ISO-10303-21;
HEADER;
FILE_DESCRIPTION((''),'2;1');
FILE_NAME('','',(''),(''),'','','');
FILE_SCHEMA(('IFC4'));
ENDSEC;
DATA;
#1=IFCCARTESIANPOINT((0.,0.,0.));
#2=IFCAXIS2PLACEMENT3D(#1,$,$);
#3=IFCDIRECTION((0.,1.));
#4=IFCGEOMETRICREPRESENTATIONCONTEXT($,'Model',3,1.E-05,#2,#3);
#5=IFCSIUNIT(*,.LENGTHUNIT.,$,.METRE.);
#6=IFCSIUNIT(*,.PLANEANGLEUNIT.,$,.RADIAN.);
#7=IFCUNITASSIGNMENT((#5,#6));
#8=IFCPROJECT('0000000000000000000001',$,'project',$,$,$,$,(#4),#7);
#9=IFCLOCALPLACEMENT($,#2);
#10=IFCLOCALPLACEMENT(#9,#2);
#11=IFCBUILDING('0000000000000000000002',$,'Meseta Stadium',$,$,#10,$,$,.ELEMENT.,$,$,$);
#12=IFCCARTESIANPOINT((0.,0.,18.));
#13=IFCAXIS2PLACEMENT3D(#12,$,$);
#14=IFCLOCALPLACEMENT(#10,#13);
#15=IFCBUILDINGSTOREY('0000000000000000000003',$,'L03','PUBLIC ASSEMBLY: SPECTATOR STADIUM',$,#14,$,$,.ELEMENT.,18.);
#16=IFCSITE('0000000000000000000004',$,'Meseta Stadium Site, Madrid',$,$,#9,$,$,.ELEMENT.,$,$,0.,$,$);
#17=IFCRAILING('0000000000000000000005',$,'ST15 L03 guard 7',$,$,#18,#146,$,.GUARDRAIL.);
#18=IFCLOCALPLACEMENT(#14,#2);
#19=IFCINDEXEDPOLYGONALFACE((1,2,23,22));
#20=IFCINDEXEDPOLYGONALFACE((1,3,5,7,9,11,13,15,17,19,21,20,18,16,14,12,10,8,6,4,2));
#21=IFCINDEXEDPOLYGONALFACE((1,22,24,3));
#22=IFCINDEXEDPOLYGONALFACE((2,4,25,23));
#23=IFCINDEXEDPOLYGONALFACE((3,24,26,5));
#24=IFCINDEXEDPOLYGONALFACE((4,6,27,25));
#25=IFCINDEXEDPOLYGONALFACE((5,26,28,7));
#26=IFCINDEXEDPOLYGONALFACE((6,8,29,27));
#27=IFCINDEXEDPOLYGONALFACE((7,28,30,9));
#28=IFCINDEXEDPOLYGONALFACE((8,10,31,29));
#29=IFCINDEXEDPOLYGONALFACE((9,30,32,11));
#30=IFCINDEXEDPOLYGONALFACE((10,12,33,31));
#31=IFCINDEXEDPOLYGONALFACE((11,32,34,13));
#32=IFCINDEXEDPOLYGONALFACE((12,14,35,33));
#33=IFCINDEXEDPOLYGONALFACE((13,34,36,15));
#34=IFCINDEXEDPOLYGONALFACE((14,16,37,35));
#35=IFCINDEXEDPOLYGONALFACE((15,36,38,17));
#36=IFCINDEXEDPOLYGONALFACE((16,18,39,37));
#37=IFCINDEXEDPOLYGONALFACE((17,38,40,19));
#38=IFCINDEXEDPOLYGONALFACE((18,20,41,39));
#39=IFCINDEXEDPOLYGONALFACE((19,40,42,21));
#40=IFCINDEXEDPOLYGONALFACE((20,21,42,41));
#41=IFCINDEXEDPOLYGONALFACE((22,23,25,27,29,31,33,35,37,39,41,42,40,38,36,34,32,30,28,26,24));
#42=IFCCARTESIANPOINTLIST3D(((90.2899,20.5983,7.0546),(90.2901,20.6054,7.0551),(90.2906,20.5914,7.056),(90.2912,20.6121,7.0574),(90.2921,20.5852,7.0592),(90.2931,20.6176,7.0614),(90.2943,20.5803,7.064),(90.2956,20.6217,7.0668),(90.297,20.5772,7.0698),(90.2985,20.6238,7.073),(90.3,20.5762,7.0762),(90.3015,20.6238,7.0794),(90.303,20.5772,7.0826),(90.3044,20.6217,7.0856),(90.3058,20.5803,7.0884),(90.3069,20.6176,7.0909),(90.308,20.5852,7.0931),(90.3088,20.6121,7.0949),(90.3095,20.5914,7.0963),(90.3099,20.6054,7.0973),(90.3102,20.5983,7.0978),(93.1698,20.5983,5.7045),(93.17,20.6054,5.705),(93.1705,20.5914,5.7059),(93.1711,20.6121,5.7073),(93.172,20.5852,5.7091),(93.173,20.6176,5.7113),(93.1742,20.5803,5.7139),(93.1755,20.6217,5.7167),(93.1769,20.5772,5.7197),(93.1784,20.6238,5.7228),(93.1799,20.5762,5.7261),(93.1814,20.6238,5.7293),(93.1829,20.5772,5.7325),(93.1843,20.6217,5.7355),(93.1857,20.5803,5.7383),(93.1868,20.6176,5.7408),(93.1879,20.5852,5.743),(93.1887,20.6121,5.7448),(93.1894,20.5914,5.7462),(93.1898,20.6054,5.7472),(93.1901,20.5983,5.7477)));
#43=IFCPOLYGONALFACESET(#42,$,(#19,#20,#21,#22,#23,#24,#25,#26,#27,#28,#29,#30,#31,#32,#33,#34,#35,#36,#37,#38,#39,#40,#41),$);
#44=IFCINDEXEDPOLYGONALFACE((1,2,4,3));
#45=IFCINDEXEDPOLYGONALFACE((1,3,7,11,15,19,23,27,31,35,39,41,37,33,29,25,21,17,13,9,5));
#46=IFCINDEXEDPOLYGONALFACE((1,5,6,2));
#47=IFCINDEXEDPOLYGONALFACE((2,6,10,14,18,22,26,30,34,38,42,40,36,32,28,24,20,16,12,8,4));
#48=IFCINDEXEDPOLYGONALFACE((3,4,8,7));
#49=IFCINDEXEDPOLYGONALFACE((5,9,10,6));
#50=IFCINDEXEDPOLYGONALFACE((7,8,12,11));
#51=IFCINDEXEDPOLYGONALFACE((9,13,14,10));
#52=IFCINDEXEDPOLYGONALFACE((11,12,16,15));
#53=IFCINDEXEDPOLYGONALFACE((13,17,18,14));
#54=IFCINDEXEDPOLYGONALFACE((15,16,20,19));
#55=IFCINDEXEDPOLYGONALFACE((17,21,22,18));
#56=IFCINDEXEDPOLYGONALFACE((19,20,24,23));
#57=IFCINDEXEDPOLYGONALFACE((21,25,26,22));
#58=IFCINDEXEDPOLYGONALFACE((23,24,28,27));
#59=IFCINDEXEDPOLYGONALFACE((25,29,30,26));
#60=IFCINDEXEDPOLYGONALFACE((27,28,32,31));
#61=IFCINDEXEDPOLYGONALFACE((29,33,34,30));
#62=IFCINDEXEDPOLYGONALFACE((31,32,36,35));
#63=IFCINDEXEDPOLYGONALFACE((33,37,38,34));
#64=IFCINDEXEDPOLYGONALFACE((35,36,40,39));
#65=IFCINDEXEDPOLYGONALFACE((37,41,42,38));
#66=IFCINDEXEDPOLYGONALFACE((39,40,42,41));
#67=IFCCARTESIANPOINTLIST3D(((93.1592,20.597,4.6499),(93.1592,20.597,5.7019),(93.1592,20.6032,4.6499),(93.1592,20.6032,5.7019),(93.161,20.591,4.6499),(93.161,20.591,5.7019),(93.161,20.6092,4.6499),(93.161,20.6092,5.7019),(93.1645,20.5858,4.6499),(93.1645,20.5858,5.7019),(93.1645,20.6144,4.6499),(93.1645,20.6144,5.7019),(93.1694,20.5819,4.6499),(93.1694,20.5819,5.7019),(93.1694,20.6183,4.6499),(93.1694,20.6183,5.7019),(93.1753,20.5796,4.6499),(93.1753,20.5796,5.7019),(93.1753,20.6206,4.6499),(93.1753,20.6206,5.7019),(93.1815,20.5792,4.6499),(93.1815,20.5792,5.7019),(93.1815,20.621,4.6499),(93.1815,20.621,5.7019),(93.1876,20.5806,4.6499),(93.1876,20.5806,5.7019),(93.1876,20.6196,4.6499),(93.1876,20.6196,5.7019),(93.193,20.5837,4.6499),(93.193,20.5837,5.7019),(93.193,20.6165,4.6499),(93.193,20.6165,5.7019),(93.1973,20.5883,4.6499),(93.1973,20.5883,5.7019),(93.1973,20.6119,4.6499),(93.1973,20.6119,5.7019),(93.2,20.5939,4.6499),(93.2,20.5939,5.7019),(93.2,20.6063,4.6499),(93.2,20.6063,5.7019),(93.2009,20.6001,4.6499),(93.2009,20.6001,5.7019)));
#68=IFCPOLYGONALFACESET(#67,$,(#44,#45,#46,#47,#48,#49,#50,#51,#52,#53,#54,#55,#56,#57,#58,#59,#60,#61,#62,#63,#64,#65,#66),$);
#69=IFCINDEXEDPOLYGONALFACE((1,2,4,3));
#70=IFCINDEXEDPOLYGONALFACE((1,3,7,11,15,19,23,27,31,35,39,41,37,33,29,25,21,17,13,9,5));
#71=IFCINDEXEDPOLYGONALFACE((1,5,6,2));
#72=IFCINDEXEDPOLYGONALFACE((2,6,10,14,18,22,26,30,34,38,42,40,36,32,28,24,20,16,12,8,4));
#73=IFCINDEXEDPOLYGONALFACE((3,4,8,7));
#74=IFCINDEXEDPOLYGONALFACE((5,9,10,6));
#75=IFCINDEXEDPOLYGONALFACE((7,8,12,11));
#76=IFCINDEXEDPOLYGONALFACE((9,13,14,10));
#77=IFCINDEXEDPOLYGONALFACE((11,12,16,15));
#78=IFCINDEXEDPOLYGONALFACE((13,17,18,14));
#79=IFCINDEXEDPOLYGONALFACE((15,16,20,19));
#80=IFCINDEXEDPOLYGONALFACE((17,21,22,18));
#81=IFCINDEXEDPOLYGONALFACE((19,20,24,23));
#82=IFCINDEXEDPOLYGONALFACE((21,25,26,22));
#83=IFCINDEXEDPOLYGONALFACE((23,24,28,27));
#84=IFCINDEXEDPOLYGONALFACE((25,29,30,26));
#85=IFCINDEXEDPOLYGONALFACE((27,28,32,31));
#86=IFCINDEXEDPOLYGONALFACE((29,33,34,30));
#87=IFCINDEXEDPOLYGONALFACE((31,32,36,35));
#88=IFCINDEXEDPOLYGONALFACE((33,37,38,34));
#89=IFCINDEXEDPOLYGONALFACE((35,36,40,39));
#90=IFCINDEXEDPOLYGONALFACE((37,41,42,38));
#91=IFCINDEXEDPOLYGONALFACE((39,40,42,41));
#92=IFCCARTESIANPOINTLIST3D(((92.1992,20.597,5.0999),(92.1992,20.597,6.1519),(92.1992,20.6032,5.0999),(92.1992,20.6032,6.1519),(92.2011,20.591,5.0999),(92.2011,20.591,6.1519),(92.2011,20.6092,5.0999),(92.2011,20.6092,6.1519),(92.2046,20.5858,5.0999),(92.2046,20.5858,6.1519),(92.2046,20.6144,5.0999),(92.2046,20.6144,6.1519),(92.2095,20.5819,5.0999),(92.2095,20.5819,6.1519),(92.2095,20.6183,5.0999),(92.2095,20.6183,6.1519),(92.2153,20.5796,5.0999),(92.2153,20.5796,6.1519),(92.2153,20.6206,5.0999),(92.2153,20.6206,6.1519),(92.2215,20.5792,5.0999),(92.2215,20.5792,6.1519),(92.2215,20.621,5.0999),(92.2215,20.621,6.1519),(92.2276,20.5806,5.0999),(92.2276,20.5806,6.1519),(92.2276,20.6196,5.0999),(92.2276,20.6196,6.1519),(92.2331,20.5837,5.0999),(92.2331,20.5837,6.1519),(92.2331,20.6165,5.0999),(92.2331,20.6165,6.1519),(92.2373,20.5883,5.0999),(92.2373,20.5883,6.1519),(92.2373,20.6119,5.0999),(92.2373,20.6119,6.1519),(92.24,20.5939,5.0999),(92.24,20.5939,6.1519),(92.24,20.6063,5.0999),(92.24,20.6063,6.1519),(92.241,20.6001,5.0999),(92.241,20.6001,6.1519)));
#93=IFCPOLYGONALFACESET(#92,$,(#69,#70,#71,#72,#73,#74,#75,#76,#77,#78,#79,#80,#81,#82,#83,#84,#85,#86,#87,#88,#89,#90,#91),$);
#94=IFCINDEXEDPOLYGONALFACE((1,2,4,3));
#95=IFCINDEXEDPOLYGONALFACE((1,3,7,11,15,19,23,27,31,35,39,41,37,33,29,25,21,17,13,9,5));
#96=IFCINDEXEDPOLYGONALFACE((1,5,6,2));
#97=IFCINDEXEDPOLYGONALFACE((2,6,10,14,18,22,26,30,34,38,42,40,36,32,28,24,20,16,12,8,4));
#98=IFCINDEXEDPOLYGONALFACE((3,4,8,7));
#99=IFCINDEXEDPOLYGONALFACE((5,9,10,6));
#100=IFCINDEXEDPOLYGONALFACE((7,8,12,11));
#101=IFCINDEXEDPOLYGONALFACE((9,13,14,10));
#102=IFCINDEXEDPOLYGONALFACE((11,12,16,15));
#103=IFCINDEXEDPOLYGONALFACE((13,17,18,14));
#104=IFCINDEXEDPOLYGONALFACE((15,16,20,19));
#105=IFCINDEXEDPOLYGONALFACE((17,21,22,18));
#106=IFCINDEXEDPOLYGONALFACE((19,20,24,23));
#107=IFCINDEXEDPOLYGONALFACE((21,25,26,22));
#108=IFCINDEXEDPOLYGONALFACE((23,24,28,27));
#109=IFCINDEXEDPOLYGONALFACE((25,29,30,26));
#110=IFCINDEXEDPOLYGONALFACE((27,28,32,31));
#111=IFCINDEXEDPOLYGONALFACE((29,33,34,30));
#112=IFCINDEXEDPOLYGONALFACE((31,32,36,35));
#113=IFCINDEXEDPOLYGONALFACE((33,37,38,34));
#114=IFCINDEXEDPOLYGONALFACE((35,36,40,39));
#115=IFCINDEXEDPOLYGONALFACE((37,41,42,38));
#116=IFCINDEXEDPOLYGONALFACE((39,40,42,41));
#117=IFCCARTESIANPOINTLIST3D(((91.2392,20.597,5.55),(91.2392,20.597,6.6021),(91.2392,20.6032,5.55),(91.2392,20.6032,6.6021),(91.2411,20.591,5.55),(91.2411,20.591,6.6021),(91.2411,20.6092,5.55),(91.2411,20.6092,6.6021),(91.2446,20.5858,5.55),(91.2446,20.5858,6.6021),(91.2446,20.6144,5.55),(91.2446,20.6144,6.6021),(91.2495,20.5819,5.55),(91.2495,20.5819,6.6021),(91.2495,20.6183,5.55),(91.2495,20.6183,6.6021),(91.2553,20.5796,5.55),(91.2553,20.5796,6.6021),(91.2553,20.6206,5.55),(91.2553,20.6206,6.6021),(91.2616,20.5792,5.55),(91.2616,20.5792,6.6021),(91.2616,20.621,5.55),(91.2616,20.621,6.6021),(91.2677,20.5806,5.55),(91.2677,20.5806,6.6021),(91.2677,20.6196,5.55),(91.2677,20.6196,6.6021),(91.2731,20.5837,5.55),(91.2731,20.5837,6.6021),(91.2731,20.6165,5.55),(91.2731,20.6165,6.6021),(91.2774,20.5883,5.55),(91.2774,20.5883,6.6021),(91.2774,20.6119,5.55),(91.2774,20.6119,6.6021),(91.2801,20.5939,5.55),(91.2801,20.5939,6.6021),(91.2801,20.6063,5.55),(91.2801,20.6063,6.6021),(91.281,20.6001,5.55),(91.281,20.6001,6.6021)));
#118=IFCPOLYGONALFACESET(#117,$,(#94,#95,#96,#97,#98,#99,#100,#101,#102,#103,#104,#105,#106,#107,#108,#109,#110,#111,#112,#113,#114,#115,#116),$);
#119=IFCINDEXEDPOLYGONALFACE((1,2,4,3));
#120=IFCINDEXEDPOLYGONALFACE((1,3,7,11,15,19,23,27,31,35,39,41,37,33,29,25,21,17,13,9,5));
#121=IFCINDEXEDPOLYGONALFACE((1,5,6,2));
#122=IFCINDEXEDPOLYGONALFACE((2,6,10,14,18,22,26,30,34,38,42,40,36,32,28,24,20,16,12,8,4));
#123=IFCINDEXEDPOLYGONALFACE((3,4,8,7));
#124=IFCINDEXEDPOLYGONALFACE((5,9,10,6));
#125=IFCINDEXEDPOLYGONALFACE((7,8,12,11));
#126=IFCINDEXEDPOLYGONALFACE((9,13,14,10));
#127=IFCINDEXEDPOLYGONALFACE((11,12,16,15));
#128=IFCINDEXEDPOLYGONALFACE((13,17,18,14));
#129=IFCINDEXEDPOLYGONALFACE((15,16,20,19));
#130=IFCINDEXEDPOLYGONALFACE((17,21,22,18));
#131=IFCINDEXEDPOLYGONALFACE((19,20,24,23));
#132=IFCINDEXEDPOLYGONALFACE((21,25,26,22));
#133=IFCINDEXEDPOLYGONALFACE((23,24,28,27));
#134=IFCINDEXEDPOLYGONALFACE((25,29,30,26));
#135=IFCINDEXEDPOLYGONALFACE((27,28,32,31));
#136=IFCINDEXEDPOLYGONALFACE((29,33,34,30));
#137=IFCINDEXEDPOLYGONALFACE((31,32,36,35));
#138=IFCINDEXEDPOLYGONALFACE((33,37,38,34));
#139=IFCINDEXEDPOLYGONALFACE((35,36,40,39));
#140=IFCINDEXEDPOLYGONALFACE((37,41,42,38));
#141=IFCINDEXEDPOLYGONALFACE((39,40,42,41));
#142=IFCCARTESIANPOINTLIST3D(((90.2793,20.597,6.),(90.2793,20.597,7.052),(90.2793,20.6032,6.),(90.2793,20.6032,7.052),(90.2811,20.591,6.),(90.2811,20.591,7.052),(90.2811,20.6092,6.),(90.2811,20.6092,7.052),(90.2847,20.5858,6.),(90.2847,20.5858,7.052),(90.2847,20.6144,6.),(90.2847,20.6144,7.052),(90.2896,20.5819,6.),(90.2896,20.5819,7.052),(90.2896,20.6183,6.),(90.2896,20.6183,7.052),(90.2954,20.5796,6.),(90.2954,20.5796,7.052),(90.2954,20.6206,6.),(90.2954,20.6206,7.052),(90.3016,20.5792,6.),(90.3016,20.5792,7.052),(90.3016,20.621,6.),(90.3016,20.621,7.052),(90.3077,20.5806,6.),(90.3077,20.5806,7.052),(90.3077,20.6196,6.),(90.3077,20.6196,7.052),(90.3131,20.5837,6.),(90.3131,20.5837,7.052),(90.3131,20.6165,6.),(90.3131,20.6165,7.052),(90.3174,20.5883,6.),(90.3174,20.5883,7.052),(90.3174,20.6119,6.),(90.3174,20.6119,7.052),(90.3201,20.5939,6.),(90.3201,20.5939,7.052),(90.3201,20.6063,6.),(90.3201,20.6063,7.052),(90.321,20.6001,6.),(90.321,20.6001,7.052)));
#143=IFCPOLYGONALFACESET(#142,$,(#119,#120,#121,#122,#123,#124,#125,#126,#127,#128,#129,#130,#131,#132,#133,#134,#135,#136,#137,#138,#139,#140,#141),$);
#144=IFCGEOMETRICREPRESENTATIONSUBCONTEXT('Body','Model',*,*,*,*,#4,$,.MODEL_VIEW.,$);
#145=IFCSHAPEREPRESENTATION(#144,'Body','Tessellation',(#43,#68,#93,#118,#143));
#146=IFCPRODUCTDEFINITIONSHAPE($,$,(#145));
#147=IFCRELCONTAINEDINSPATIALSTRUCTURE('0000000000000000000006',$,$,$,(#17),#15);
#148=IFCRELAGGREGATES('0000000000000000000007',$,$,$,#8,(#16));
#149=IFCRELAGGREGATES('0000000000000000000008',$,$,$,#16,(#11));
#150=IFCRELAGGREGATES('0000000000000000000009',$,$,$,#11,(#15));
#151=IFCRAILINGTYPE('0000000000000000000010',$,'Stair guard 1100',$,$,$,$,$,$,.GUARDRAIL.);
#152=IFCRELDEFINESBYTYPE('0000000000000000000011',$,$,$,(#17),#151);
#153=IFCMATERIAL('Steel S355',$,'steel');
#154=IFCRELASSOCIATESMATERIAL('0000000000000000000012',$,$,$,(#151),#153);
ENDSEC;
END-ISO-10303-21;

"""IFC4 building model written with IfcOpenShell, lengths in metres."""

from ifc_helpers import new_model, si_unit, direction, frame, origin, origin_2d, place, context, subcontext, project, spatial, circle, extrude, material, type_object, element, save


model = new_model("IFC4")

# Units and contexts
model_context = context("Model", 3, precision=1e-05, world=origin(), true_north=direction((0.0, 1.0)))
body_context = subcontext(model_context, "Body", "Model", "MODEL_VIEW")
ifc_project = project(units=[si_unit("LENGTHUNIT", "METRE"), si_unit("PLANEANGLEUNIT", "RADIAN")], contexts=[model_context])

# Site, building, storey
site_placement = place(None, origin())
site = spatial("IfcSite", under=ifc_project, at=site_placement, Name="Meseta Stadium Site, Madrid", CompositionType="ELEMENT", RefElevation=0.0)
building_placement = place(site_placement, origin())
building = spatial("IfcBuilding", under=site, at=building_placement, Name="Meseta Stadium", CompositionType="ELEMENT")
storey_placement = place(building_placement, frame((0.0, 0.0, 18.0)))
storey = spatial("IfcBuildingStorey", under=building, at=storey_placement, Name="L03", Description="PUBLIC ASSEMBLY: SPECTATOR STADIUM", CompositionType="ELEMENT", Elevation=18.0)

# Railing
ifc_material_1 = material(Name="Steel S355", Category="steel")
railing_type_1 = type_object("IfcRailingType", Name="Stair guard 1100", PredefinedType="GUARDRAIL", material=ifc_material_1)
railing_1_placement = place(storey_placement, frame((93.1799, 20.6001, 4.6499)))
element("IfcRailing", 1, at=railing_1_placement, inside=storey, type_object=railing_type_1, Name="ST15 L03 guard 7", PredefinedType="GUARDRAIL", context=body_context, shape_type="SweptSolid", body=[
    extrude(circle(Radius=0.0239, at=origin_2d()), frame((0.0, 0.0, 1.0762), z_axis=(-0.90544, 0.0, 0.424473), x_axis=(0.0, -1.0, 0.0)), (0.0, 0.0, 1.0), 3.1807),
    extrude(circle(Radius=0.021, at=origin_2d()), origin(), (0.0, 0.0, 1.0), 1.052),
    extrude(circle(Radius=0.021, at=origin_2d()), frame((-0.96, 0.0, 0.45)), (0.0, 0.0, 1.0), 1.052),
    extrude(circle(Radius=0.021, at=origin_2d()), frame((-1.9199, 0.0, 0.9001)), (0.0, 0.0, 1.0), 1.052),
    extrude(circle(Radius=0.021, at=origin_2d()), frame((-2.8799, 0.0, 1.3501)), (0.0, 0.0, 1.0), 1.052),
])

save(model, "model.ifc")
